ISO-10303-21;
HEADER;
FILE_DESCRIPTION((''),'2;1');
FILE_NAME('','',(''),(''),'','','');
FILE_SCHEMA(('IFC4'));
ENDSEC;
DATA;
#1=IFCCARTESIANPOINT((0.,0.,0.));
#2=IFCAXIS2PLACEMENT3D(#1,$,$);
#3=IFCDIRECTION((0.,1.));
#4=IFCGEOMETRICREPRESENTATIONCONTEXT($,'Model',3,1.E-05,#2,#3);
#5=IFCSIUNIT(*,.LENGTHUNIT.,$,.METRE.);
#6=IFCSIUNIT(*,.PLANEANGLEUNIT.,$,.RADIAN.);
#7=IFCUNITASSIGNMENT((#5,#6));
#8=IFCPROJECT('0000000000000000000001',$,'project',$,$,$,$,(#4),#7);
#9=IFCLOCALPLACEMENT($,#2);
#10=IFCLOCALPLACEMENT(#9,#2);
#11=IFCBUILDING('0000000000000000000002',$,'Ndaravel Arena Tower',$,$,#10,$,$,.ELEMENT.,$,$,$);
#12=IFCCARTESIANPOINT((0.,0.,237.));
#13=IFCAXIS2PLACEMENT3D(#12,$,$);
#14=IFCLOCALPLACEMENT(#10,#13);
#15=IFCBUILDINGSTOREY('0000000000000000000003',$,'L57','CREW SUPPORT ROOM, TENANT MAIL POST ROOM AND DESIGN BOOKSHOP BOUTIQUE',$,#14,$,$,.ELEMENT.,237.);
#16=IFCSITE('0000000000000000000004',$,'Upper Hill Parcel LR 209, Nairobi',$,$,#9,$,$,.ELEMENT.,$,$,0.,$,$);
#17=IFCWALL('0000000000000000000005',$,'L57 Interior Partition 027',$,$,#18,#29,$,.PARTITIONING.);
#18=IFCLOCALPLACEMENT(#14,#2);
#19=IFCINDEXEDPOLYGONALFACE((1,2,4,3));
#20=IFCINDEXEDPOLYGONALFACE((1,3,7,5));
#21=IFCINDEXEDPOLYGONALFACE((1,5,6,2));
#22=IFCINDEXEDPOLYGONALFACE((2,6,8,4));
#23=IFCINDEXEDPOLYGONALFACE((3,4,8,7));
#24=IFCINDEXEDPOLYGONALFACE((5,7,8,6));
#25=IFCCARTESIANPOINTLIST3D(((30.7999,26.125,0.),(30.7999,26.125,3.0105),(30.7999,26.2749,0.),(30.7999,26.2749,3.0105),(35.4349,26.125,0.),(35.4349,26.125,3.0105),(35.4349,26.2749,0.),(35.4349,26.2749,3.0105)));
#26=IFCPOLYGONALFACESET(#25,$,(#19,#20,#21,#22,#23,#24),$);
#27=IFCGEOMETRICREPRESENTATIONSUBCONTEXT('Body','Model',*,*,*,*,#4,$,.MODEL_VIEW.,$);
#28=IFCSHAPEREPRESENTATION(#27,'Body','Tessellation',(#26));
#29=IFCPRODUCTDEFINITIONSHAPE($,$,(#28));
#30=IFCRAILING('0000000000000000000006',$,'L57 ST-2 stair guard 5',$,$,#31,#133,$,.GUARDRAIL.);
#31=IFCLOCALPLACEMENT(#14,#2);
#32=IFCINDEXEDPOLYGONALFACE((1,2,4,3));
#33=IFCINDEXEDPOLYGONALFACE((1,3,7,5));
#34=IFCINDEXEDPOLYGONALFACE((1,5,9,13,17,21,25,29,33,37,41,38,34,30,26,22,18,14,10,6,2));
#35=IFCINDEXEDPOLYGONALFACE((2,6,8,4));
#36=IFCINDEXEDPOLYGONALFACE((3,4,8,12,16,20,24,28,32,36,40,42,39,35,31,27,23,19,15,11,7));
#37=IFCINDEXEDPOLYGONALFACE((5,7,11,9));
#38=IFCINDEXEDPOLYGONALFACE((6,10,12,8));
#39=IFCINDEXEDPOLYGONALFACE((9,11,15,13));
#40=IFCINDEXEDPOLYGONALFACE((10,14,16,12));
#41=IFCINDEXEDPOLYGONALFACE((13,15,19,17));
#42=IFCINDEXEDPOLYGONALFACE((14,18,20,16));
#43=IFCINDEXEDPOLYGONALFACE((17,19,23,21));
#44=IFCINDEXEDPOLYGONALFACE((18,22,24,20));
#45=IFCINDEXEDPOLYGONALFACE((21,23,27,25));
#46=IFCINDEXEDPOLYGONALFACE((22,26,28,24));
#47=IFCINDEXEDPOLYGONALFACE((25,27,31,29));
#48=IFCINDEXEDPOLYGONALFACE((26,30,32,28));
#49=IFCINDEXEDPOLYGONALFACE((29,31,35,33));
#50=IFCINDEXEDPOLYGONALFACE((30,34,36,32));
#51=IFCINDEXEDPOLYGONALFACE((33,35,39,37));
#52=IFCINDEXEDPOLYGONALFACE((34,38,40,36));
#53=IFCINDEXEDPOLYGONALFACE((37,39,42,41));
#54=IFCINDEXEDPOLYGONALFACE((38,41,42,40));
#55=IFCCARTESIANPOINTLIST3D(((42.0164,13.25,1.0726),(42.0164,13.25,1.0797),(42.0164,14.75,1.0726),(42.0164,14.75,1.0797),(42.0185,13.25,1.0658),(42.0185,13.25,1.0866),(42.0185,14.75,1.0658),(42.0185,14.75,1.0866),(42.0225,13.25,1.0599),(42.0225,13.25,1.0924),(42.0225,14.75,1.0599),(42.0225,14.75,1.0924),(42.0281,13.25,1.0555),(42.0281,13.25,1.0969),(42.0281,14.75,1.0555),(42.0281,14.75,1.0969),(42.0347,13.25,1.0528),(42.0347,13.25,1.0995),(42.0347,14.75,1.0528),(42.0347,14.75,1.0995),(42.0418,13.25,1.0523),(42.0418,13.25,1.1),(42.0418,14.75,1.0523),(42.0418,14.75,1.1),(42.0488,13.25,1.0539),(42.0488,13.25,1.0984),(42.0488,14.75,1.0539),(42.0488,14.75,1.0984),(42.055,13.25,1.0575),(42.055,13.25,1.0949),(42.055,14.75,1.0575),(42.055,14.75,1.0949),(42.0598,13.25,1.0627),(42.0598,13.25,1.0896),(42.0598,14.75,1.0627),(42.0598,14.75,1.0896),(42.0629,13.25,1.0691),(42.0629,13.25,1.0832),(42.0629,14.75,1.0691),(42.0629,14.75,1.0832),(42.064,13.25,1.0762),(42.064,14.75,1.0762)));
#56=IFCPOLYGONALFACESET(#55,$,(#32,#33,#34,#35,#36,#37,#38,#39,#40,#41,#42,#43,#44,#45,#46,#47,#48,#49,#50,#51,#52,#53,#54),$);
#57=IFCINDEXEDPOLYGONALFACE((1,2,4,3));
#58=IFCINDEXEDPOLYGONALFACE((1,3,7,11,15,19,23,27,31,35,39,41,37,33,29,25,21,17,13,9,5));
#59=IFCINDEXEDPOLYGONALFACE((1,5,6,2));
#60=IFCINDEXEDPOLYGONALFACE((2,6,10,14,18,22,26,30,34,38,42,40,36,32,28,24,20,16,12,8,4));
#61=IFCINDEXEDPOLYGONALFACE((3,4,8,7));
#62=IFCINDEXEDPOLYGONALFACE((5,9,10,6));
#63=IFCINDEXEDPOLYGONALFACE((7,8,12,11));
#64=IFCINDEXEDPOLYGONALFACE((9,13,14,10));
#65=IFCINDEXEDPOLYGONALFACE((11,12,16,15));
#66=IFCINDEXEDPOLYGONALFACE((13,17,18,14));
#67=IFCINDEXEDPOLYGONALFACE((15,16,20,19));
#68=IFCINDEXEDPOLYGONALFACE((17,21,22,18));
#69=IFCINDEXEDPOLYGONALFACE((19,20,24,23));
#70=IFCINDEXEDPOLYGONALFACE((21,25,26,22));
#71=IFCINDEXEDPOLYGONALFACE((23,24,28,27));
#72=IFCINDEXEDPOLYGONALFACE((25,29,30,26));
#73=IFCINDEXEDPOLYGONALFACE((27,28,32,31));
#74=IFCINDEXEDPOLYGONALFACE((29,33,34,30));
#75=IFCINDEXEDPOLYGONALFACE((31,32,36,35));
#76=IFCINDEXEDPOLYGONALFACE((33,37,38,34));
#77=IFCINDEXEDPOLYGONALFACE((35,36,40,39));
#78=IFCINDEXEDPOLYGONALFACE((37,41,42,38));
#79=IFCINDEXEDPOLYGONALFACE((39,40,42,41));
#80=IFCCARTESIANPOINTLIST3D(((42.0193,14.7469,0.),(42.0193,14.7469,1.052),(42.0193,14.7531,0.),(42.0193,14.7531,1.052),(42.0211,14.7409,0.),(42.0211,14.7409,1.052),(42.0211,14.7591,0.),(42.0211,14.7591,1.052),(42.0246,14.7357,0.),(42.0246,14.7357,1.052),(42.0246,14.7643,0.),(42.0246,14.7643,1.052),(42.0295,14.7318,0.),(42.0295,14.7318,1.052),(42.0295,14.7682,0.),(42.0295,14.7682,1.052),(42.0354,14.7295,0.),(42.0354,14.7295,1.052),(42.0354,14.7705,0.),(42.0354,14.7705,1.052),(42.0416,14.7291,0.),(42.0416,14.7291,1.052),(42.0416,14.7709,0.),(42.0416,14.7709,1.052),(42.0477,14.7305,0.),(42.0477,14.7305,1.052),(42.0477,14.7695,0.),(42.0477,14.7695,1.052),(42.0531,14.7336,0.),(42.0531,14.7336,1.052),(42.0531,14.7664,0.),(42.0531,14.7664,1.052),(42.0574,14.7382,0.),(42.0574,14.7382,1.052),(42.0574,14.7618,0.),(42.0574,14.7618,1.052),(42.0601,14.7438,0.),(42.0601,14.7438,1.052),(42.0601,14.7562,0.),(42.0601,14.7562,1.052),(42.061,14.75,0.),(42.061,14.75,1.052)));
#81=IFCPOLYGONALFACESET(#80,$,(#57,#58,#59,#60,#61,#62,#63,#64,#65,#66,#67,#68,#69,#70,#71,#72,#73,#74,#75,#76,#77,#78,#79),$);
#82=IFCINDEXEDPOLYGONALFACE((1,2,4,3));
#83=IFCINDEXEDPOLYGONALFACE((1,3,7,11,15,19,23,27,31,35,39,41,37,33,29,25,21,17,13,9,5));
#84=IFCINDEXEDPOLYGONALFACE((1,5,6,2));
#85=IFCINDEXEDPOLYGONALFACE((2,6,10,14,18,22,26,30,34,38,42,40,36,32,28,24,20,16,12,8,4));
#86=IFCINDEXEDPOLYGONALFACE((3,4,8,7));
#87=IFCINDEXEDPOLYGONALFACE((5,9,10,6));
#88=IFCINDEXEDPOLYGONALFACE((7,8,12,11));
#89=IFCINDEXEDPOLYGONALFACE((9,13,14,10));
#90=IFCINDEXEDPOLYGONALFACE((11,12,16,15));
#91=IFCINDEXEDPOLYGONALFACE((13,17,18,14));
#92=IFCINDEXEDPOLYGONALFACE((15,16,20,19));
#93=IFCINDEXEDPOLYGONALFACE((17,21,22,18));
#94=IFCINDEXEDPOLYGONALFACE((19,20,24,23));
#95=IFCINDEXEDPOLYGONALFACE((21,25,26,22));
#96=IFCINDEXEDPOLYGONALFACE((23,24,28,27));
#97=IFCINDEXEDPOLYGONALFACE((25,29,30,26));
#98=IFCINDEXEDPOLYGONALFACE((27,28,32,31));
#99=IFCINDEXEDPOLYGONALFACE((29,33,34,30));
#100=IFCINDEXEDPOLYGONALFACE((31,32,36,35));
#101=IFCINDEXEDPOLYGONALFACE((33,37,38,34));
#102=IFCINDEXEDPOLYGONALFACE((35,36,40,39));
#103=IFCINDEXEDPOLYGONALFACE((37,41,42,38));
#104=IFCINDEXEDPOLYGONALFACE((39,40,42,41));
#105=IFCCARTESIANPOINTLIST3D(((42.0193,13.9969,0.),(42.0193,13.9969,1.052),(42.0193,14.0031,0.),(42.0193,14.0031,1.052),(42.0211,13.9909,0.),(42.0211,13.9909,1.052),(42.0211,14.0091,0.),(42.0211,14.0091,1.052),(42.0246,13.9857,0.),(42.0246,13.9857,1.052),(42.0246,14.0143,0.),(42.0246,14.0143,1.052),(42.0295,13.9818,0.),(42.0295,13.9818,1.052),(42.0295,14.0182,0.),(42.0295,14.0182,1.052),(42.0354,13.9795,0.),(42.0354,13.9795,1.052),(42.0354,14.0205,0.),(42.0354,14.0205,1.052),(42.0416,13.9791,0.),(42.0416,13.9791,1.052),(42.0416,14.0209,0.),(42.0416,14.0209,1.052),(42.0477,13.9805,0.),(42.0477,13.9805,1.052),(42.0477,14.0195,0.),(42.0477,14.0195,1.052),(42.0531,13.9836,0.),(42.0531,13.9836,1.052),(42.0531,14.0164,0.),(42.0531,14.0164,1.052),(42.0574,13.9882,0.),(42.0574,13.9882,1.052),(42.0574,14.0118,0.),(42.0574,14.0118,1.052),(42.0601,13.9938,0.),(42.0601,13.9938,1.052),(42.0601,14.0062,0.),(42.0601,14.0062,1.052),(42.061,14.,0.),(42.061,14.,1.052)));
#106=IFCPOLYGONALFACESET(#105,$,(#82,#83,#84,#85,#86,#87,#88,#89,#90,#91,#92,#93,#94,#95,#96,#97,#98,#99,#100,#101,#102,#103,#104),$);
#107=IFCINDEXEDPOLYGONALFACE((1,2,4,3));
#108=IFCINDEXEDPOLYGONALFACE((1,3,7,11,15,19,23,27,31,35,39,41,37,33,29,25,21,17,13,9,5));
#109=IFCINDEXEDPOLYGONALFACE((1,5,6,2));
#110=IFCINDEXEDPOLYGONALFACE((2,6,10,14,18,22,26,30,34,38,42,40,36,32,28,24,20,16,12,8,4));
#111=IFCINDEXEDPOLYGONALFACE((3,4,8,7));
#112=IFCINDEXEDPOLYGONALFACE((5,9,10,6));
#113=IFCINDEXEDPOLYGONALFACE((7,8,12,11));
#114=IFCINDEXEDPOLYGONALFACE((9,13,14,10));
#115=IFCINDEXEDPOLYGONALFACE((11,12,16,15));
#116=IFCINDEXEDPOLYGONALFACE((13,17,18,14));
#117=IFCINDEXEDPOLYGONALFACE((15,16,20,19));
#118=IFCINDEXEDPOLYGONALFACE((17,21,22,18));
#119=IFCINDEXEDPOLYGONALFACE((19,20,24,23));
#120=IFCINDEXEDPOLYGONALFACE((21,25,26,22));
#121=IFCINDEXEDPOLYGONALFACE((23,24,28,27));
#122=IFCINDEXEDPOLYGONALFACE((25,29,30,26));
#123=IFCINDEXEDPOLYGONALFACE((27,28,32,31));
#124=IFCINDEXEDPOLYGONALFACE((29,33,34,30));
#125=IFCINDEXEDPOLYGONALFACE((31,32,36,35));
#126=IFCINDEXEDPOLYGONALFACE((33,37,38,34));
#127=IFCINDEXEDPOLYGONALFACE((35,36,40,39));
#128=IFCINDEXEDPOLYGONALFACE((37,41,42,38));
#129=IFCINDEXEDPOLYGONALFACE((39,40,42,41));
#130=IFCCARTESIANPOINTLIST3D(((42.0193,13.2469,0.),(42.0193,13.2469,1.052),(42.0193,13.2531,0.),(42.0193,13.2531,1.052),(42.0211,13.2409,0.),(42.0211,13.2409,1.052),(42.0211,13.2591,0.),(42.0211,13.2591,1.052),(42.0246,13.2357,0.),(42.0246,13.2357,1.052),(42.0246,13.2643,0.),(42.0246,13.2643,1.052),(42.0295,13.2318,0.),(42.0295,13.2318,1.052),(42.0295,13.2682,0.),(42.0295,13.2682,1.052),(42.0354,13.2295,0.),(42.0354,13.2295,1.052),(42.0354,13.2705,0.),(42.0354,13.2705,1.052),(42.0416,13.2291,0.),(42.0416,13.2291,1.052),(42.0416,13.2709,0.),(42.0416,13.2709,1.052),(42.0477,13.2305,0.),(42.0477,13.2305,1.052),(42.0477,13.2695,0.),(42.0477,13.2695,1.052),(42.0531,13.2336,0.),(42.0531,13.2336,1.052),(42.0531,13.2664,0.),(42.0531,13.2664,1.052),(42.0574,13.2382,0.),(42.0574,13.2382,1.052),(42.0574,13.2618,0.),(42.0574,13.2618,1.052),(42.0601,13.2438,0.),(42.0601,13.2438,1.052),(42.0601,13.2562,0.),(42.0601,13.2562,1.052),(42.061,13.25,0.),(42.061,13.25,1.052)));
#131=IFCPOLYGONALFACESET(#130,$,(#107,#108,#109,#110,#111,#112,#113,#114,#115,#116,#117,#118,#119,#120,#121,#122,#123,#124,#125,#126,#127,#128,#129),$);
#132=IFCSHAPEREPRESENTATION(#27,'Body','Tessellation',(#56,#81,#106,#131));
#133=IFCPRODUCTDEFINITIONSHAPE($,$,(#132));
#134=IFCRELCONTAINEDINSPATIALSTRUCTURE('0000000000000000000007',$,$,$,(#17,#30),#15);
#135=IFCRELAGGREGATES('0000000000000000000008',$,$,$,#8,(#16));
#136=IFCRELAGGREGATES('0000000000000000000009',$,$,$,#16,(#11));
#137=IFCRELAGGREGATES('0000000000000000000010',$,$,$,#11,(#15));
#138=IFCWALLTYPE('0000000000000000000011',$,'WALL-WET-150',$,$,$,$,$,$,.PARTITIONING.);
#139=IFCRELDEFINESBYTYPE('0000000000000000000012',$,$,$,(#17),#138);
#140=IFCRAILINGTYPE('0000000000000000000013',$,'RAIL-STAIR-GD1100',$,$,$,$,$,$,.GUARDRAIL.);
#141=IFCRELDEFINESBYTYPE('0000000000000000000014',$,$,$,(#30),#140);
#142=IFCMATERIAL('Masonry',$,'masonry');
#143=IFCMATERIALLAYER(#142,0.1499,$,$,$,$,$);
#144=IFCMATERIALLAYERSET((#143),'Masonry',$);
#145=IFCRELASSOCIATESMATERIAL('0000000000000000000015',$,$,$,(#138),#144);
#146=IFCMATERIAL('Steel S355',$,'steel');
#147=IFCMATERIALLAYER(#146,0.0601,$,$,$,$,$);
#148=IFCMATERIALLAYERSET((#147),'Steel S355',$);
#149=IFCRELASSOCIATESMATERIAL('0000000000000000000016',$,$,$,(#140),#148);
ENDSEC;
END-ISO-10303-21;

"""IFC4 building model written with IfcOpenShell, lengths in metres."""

from ifc_helpers import new_model, si_unit, direction, frame, frame_2d, origin, origin_2d, place, context, subcontext, project, spatial, rectangle, circle, extrude, material, layer, layer_set, type_object, element, save


model = new_model("IFC4")

# Units and contexts
model_context = context("Model", 3, precision=1e-05, world=origin(), true_north=direction((0.0, 1.0)))
body_context = subcontext(model_context, "Body", "Model", "MODEL_VIEW")
ifc_project = project(units=[si_unit("LENGTHUNIT", "METRE"), si_unit("PLANEANGLEUNIT", "RADIAN")], contexts=[model_context])

# Site, building, storey
site_placement = place(None, origin())
site = spatial("IfcSite", under=ifc_project, at=site_placement, Name="Upper Hill Parcel LR 209, Nairobi", CompositionType="ELEMENT", RefElevation=0.0)
building_placement = place(site_placement, origin())
building = spatial("IfcBuilding", under=site, at=building_placement, Name="Ndaravel Arena Tower", CompositionType="ELEMENT")
storey_placement = place(building_placement, frame((0.0, 0.0, 237.0)))
storey = spatial("IfcBuildingStorey", under=building, at=storey_placement, Name="L57", Description="CREW SUPPORT ROOM, TENANT MAIL POST ROOM AND DESIGN BOOKSHOP BOUTIQUE", CompositionType="ELEMENT", Elevation=237.0)

# Shared definitions
ifc_material_1 = material(Name="Masonry", Category="masonry")
ifc_layer_1 = layer(ifc_material_1, 0.1499)
ifc_layer_set_1 = layer_set([ifc_layer_1], Name="Masonry")
wall_type_1 = type_object("IfcWallType", Name="WALL-WET-150", PredefinedType="PARTITIONING", material=ifc_layer_set_1)

# Wall
wall_1_placement = place(storey_placement, frame((30.8, 26.2, 0.0), z_axis=(0.0, 0.0, 1.0), x_axis=(1.0, 0.0, 0.0)))
element("IfcWall", 1, at=wall_1_placement, inside=storey, type_object=wall_type_1, Name="L57 Interior Partition 027", PredefinedType="PARTITIONING", context=body_context, shape_type="SweptSolid", body=[
    extrude(rectangle(XDim=4.635, YDim=0.1499, at=frame_2d((2.3174, 0.0))), origin(), (0.0, 0.0, 1.0), 3.0105),
])

# Railing
ifc_material_2 = material(Name="Steel S355", Category="steel")
ifc_layer_2 = layer(ifc_material_2, 0.0601)
ifc_layer_set_2 = layer_set([ifc_layer_2], Name="Steel S355")
railing_type = type_object("IfcRailingType", Name="RAIL-STAIR-GD1100", PredefinedType="GUARDRAIL", material=ifc_layer_set_2)
railing_placement = place(storey_placement, frame((42.04, 14.75, 0.0)))
element("IfcRailing", 2, at=railing_placement, inside=storey, type_object=railing_type, Name="L57 ST-2 stair guard 5", PredefinedType="GUARDRAIL", context=body_context, shape_type="SweptSolid", body=[
    extrude(circle(Radius=0.0239, at=origin_2d()), frame((0.0, 0.0, 1.0762), z_axis=(0.0, -1.0, 0.0), x_axis=(1.0, 0.0, 0.0)), (0.0, 0.0, 1.0), 1.5),
    extrude(circle(Radius=0.021, at=origin_2d()), origin(), (0.0, 0.0, 1.0), 1.052),
    extrude(circle(Radius=0.021, at=origin_2d()), frame((0.0, -0.75, 0.0)), (0.0, 0.0, 1.0), 1.052),
    extrude(circle(Radius=0.021, at=origin_2d()), frame((0.0, -1.5, 0.0)), (0.0, 0.0, 1.0), 1.052),
])

save(model, "model.ifc")
